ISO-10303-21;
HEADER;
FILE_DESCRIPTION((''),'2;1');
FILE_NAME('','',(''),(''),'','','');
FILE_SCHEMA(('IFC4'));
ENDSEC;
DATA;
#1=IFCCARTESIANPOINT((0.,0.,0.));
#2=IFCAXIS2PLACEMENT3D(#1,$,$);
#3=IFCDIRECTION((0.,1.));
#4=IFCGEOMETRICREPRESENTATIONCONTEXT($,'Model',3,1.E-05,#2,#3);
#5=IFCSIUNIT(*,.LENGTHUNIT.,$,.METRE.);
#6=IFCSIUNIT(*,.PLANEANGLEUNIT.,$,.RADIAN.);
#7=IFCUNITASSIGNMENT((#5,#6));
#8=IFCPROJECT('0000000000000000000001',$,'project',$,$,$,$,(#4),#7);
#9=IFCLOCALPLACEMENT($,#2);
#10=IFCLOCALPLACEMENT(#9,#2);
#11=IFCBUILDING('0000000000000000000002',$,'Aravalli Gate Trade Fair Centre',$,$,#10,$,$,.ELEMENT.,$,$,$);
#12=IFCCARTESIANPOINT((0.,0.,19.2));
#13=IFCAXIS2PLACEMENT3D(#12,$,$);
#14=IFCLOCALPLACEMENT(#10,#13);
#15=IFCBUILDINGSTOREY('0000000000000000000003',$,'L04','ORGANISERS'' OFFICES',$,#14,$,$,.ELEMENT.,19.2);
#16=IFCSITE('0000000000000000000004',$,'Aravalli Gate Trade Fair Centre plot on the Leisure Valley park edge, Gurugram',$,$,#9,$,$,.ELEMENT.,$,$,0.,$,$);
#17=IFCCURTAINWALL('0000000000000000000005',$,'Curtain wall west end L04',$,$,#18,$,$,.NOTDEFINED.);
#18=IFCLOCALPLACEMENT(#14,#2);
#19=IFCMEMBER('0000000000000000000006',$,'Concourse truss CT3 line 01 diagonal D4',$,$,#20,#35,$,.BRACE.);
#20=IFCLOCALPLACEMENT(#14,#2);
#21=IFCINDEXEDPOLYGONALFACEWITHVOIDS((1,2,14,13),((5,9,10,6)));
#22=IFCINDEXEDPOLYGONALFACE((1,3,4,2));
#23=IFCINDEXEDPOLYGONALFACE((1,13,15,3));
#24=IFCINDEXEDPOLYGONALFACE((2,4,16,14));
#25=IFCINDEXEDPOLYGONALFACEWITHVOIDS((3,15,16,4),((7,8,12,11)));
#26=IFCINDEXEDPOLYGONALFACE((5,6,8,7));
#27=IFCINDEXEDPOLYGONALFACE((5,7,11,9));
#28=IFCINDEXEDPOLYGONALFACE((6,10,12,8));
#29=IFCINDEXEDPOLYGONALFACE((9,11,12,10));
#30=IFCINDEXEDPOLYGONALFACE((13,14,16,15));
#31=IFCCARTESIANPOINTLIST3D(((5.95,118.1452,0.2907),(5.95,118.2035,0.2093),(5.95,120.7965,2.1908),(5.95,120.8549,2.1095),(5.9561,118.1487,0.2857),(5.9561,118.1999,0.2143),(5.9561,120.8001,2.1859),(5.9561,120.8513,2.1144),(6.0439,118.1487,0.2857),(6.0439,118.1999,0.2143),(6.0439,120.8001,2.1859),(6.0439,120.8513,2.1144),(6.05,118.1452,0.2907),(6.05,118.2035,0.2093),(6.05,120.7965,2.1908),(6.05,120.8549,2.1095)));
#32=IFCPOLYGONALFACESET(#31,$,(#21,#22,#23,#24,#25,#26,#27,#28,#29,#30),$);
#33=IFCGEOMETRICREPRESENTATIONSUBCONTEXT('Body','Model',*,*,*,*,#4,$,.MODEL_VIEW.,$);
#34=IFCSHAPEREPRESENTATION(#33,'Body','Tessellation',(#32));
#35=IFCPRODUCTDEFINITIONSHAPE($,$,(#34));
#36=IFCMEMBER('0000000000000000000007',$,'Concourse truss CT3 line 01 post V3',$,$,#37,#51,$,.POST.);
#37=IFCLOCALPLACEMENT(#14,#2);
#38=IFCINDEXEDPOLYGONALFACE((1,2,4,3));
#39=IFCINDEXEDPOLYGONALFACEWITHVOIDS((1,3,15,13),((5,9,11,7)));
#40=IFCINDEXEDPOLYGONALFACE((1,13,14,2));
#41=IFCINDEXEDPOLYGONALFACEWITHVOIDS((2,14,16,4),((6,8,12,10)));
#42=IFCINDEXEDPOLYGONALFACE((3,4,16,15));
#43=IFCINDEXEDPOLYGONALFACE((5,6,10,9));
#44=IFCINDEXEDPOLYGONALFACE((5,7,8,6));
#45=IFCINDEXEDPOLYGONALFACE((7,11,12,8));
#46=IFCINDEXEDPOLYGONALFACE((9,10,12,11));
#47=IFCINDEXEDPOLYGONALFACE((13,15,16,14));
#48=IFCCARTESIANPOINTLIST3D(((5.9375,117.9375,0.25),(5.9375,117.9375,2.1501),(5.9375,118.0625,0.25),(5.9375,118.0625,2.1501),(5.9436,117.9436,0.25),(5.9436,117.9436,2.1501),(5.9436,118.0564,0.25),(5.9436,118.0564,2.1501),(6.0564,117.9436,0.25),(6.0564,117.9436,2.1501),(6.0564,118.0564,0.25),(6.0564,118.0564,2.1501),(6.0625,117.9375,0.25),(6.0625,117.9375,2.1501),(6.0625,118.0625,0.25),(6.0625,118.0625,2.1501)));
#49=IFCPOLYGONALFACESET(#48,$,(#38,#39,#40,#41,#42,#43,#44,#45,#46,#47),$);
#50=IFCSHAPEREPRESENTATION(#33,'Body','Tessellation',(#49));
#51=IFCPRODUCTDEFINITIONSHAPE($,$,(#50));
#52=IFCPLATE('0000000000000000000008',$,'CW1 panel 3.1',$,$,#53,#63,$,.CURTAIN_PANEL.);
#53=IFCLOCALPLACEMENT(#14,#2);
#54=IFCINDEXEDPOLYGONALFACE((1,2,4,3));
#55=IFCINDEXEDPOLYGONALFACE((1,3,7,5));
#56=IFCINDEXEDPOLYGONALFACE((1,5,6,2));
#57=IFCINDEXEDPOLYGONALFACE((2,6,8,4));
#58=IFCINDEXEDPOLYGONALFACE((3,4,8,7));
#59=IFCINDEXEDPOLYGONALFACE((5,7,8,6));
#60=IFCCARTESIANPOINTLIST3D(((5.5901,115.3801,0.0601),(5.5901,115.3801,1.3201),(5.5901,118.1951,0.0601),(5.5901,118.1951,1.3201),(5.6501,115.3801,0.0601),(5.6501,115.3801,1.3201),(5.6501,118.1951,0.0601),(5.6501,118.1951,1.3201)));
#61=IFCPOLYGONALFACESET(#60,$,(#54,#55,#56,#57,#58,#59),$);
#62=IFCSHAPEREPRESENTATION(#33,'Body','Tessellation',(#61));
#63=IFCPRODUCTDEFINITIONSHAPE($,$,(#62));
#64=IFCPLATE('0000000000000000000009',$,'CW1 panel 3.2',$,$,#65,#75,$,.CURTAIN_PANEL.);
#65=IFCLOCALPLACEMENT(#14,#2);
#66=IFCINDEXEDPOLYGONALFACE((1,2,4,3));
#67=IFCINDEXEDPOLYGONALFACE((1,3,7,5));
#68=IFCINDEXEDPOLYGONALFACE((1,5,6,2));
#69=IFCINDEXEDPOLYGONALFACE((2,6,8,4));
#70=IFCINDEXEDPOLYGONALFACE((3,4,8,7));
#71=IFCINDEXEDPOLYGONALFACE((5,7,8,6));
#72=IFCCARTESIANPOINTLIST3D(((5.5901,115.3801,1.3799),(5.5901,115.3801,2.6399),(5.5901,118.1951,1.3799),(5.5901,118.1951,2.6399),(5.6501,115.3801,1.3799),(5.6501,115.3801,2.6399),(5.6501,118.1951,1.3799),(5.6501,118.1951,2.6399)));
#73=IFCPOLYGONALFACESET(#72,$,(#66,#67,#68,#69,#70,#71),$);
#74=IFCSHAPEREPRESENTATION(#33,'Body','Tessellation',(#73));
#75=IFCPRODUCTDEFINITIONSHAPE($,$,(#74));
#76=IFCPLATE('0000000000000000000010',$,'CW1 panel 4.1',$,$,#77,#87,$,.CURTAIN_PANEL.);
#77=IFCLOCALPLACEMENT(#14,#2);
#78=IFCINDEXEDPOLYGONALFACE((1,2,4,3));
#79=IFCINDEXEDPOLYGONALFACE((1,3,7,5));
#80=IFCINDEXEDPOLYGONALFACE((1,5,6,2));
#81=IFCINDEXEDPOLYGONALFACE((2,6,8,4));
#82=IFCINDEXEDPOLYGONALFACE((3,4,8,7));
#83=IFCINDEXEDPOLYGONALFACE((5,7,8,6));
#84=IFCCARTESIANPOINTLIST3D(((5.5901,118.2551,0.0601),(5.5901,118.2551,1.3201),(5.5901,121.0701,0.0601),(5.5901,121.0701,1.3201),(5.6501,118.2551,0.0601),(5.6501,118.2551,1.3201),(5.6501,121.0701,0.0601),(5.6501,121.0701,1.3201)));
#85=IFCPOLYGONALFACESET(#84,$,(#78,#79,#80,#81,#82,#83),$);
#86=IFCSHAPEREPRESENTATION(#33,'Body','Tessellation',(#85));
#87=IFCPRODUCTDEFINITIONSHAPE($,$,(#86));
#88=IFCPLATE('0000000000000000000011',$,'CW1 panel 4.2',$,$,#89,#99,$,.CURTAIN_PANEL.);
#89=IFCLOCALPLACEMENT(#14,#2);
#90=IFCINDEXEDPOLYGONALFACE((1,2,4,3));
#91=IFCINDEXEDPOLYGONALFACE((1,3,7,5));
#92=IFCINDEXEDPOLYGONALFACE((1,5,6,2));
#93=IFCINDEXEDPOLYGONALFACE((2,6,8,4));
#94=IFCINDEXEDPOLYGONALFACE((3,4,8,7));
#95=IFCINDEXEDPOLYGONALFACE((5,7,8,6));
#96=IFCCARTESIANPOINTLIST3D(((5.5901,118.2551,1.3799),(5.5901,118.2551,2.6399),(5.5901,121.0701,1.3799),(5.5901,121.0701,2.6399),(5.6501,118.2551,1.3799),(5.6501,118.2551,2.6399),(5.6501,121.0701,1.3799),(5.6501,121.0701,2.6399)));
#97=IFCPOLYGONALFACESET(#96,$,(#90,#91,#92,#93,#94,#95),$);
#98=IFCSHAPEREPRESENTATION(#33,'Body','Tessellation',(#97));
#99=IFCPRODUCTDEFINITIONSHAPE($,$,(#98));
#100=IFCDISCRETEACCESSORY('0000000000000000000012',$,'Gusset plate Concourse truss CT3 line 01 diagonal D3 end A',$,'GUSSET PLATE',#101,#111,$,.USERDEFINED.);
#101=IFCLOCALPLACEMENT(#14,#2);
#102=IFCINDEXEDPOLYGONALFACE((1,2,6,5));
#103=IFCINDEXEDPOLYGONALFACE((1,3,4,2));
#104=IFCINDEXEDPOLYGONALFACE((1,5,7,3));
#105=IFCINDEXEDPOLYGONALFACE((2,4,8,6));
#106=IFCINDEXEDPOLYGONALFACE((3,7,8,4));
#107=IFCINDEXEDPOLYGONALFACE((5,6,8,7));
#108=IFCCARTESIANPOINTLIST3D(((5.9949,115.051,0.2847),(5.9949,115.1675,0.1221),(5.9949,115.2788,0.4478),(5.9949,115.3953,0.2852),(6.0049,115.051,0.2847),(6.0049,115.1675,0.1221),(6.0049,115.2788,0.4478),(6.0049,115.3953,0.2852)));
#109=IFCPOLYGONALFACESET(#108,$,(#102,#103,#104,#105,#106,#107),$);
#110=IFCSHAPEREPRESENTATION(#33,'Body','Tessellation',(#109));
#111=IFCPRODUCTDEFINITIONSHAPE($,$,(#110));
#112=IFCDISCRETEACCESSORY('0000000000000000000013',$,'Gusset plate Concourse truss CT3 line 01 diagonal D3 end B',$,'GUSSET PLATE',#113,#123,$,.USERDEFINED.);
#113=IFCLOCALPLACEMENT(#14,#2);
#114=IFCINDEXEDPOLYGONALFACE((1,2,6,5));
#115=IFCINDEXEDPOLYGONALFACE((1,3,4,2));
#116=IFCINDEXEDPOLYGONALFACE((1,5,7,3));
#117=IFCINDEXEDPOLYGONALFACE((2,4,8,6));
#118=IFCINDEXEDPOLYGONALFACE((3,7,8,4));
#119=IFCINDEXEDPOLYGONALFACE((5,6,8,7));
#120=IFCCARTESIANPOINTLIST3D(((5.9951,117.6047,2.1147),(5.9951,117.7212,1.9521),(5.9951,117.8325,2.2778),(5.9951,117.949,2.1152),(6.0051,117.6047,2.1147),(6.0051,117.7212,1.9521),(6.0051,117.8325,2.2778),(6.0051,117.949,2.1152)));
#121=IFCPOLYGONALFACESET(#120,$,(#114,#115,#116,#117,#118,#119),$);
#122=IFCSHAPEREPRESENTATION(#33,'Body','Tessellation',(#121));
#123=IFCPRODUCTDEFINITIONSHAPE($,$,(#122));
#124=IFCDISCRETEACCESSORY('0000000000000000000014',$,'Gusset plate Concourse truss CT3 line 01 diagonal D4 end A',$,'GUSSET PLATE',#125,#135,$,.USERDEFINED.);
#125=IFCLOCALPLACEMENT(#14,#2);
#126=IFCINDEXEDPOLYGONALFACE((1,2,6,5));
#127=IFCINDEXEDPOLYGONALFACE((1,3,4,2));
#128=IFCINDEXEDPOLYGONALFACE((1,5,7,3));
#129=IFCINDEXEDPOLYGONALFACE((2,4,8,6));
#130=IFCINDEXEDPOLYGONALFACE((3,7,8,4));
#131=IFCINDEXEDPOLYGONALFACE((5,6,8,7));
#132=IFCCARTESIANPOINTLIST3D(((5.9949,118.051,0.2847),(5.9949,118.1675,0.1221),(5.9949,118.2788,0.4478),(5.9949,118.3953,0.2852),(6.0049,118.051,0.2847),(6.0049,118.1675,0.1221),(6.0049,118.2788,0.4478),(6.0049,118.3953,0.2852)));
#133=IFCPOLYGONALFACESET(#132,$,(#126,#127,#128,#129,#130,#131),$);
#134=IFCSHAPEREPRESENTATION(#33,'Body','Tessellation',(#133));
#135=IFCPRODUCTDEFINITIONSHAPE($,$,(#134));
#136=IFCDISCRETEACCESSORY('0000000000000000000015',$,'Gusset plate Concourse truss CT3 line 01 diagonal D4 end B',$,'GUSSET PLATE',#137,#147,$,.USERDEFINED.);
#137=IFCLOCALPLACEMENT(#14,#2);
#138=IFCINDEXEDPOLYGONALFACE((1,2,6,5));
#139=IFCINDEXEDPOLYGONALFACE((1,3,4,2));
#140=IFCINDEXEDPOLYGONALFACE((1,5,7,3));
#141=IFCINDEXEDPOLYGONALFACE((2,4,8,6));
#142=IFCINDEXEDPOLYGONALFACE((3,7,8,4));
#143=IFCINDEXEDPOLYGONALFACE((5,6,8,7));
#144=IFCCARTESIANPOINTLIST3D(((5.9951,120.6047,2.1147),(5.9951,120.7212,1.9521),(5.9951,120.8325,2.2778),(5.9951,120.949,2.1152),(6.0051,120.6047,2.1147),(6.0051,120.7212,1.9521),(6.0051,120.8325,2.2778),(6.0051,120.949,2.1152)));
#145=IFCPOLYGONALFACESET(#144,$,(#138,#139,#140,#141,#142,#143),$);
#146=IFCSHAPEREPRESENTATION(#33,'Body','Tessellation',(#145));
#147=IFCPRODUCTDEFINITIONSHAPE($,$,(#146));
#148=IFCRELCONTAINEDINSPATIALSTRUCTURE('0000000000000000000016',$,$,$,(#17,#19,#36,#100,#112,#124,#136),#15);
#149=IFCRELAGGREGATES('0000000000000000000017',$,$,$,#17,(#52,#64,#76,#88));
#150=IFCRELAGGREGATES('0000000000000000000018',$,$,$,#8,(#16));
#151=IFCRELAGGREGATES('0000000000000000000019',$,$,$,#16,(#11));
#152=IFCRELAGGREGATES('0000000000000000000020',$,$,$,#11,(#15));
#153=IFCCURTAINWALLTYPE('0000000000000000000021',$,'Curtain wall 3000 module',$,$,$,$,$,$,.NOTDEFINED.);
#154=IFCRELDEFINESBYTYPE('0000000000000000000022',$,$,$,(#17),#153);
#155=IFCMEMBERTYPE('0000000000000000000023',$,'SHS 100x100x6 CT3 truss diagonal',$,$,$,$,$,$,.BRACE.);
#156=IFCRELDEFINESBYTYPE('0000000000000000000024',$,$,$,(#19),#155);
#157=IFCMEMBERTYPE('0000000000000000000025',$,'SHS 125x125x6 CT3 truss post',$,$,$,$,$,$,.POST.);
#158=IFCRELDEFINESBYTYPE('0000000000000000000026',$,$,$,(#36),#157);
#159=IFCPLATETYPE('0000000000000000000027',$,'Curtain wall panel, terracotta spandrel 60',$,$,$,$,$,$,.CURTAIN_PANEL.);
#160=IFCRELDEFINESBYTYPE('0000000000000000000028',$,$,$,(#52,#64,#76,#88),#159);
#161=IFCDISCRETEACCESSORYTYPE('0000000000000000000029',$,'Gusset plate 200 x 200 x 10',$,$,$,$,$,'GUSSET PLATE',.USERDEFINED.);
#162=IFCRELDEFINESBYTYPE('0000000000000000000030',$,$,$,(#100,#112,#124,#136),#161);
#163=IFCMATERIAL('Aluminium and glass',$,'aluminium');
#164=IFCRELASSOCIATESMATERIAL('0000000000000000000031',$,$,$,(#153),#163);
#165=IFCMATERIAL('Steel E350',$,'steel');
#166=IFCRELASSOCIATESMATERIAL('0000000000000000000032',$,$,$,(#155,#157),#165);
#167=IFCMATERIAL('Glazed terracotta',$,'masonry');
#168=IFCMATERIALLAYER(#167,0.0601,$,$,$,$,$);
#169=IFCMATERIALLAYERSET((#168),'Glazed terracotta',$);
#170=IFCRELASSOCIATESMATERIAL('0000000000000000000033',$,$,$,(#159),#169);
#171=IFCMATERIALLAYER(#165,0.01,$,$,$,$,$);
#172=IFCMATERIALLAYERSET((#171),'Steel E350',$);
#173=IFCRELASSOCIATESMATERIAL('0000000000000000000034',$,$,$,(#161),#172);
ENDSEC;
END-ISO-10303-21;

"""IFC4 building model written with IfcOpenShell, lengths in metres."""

from ifc_helpers import new_model, si_unit, direction, frame, origin, origin_2d, place, context, subcontext, project, spatial, polyline, rectangle, hollow_rectangle, outline, extrude, material, layer, layer_set, material_profile, profile_set, type_object, element, aggregate, save


model = new_model("IFC4")

# Units and contexts
model_context = context("Model", 3, precision=1e-05, world=origin(), true_north=direction((0.0, 1.0)))
body_context = subcontext(model_context, "Body", "Model", "MODEL_VIEW")
ifc_project = project(units=[si_unit("LENGTHUNIT", "METRE"), si_unit("PLANEANGLEUNIT", "RADIAN")], contexts=[model_context])

# Site, building, storey
site_placement = place(None, origin())
site = spatial("IfcSite", under=ifc_project, at=site_placement, Name="Aravalli Gate Trade Fair Centre plot on the Leisure Valley park edge, Gurugram", CompositionType="ELEMENT", RefElevation=0.0)
building_placement = place(site_placement, origin())
building = spatial("IfcBuilding", under=site, at=building_placement, Name="Aravalli Gate Trade Fair Centre", CompositionType="ELEMENT")
storey_placement = place(building_placement, frame((0.0, 0.0, 19.2)))
storey = spatial("IfcBuildingStorey", under=building, at=storey_placement, Name="L04", Description="ORGANISERS' OFFICES", CompositionType="ELEMENT", Elevation=19.2)

# Curtain wall
ifc_material_1 = material(Name="Aluminium and glass", Category="aluminium")
curtain_wall_type = type_object("IfcCurtainWallType", Name="Curtain wall 3000 module", PredefinedType="NOTDEFINED", material=ifc_material_1)
curtain_wall_placement = place(storey_placement, origin())
curtain_wall = element("IfcCurtainWall", 1, at=curtain_wall_placement, inside=storey, type_object=curtain_wall_type, Name="Curtain wall west end L04", PredefinedType="NOTDEFINED")

# Members
ifc_material_2 = material(Name="Steel E350", Category="steel")
ifc_material_profile_1 = material_profile(ifc_material_2, hollow_rectangle(XDim=0.1001, YDim=0.1001, WallThickness=0.0061, at=origin_2d()), Name="SHS 100x100x6")
ifc_profile_set_1 = profile_set([ifc_material_profile_1], Name="Steel E350")
member_type_1 = type_object("IfcMemberType", Name="SHS 100x100x6 CT3 truss diagonal", PredefinedType="BRACE", material=ifc_profile_set_1)
for number, where, z_axis, x_axis, name in (
    (2, (6.0, 118.1743, 0.25), (0.0, 0.812817, 0.582519), (-1.0, 0.0, 0.0), "Concourse truss CT3 line 01 diagonal D4"),
):
    element("IfcMember", number, at=place(storey_placement, frame(where, z_axis=z_axis, x_axis=x_axis)), inside=storey, type_object=member_type_1, Name=name, PredefinedType="BRACE", context=body_context, shape_type="SweptSolid", body=[
        extrude(hollow_rectangle(XDim=0.1001, YDim=0.1001, WallThickness=0.0061, at=origin_2d()), origin(), (0.0, 0.0, 1.0), 3.262),
    ])
ifc_material_profile_2 = material_profile(ifc_material_2, hollow_rectangle(XDim=0.125, YDim=0.125, WallThickness=0.0061, at=origin_2d()), Name="SHS 125x125x6")
ifc_profile_set_2 = profile_set([ifc_material_profile_2], Name="Steel E350")
member_type_2 = type_object("IfcMemberType", Name="SHS 125x125x6 CT3 truss post", PredefinedType="POST", material=ifc_profile_set_2)
member_1_placement = place(storey_placement, frame((6.0, 118.0, 0.25), z_axis=(0.0, 0.0, 1.0), x_axis=(1.0, 0.0, 0.0)))
element("IfcMember", 3, at=member_1_placement, inside=storey, type_object=member_type_2, Name="Concourse truss CT3 line 01 post V3", PredefinedType="POST", context=body_context, shape_type="SweptSolid", body=[
    extrude(hollow_rectangle(XDim=0.125, YDim=0.125, WallThickness=0.0061, at=origin_2d()), origin(), (0.0, 0.0, 1.0), 1.9001),
])

# Plates
ifc_material_3 = material(Name="Glazed terracotta", Category="masonry")
ifc_layer_1 = layer(ifc_material_3, 0.0601)
ifc_layer_set_1 = layer_set([ifc_layer_1], Name="Glazed terracotta")
plate_type = type_object("IfcPlateType", Name="Curtain wall panel, terracotta spandrel 60", PredefinedType="CURTAIN_PANEL", material=ifc_layer_set_1)
plate_1_placement = place(storey_placement, frame((5.6201, 116.7876, 0.0601), z_axis=(0.0, 0.0, 1.0), x_axis=(0.0, 1.0, 0.0)))
plate_1 = element("IfcPlate", 4, at=plate_1_placement, type_object=plate_type, Name="CW1 panel 3.1", PredefinedType="CURTAIN_PANEL", context=body_context, shape_type="SweptSolid", body=[
    extrude(rectangle(XDim=2.8149, YDim=0.0601, at=origin_2d()), origin(), (0.0, 0.0, 1.0), 1.26),
])
plate_2_placement = place(storey_placement, frame((5.6201, 116.7876, 1.3799), z_axis=(0.0, 0.0, 1.0), x_axis=(0.0, 1.0, 0.0)))
plate_2 = element("IfcPlate", 5, at=plate_2_placement, type_object=plate_type, Name="CW1 panel 3.2", PredefinedType="CURTAIN_PANEL", context=body_context, shape_type="SweptSolid", body=[
    extrude(rectangle(XDim=2.8149, YDim=0.0601, at=origin_2d()), origin(), (0.0, 0.0, 1.0), 1.26),
])
plate_3_placement = place(storey_placement, frame((5.6201, 119.6626, 0.0601), z_axis=(0.0, 0.0, 1.0), x_axis=(0.0, 1.0, 0.0)))
plate_3 = element("IfcPlate", 6, at=plate_3_placement, type_object=plate_type, Name="CW1 panel 4.1", PredefinedType="CURTAIN_PANEL", context=body_context, shape_type="SweptSolid", body=[
    extrude(rectangle(XDim=2.8149, YDim=0.0601, at=origin_2d()), origin(), (0.0, 0.0, 1.0), 1.26),
])
plate_4_placement = place(storey_placement, frame((5.6201, 119.6626, 1.3799), z_axis=(0.0, 0.0, 1.0), x_axis=(0.0, 1.0, 0.0)))
plate_4 = element("IfcPlate", 7, at=plate_4_placement, type_object=plate_type, Name="CW1 panel 4.2", PredefinedType="CURTAIN_PANEL", context=body_context, shape_type="SweptSolid", body=[
    extrude(rectangle(XDim=2.8149, YDim=0.0601, at=origin_2d()), origin(), (0.0, 0.0, 1.0), 1.26),
])
aggregate(curtain_wall, [plate_1, plate_2, plate_3, plate_4])

# Discrete accessories
ifc_layer_2 = layer(ifc_material_2, 0.01)
ifc_layer_set_2 = layer_set([ifc_layer_2], Name="Steel E350")
discrete_accessory_type = type_object("IfcDiscreteAccessoryType", Name="Gusset plate 200 x 200 x 10", ElementType="GUSSET PLATE", PredefinedType="USERDEFINED", material=ifc_layer_set_2)
discrete_accessory_1_placement = place(storey_placement, frame((6.0049, 115.2788, 0.4478), z_axis=(1.0, 0.0, 0.0), x_axis=(0.0, -0.813085, -0.582145)))
element("IfcDiscreteAccessory", 8, at=discrete_accessory_1_placement, inside=storey, type_object=discrete_accessory_type, Name="Gusset plate Concourse truss CT3 line 01 diagonal D3 end A", ObjectType="GUSSET PLATE", PredefinedType="USERDEFINED", context=body_context, shape_type="SweptSolid", body=[
    extrude(outline(polyline([(0.0, 0.0), (0.2801, 0.0), (0.2801, 0.2), (0.0, 0.2), (0.0, 0.0)])), origin(), (0.0, 0.0, -1.0), 0.01),
])
discrete_accessory_2_placement = place(storey_placement, frame((5.9951, 117.6047, 2.1147), z_axis=(-1.0, 0.0, 0.0), x_axis=(0.0, 0.813085, 0.582145)))
element("IfcDiscreteAccessory", 9, at=discrete_accessory_2_placement, inside=storey, type_object=discrete_accessory_type, Name="Gusset plate Concourse truss CT3 line 01 diagonal D3 end B", ObjectType="GUSSET PLATE", PredefinedType="USERDEFINED", context=body_context, shape_type="SweptSolid", body=[
    extrude(outline(polyline([(0.0, 0.0), (0.2801, 0.0), (0.2802, 0.2), (0.0, 0.2), (0.0, 0.0)])), origin(), (0.0, 0.0, -1.0), 0.01),
])
discrete_accessory_3_placement = place(storey_placement, frame((6.0049, 118.2788, 0.4478), z_axis=(1.0, 0.0, 0.0), x_axis=(0.0, -0.813085, -0.582145)))
element("IfcDiscreteAccessory", 10, at=discrete_accessory_3_placement, inside=storey, type_object=discrete_accessory_type, Name="Gusset plate Concourse truss CT3 line 01 diagonal D4 end A", ObjectType="GUSSET PLATE", PredefinedType="USERDEFINED", context=body_context, shape_type="SweptSolid", body=[
    extrude(outline(polyline([(0.0, 0.0), (0.2801, 0.0), (0.2801, 0.2), (0.0, 0.2), (0.0, 0.0)])), origin(), (0.0, 0.0, -1.0), 0.01),
])
discrete_accessory_4_placement = place(storey_placement, frame((5.9951, 120.6047, 2.1147), z_axis=(-1.0, 0.0, 0.0), x_axis=(0.0, 0.813085, 0.582145)))
element("IfcDiscreteAccessory", 11, at=discrete_accessory_4_placement, inside=storey, type_object=discrete_accessory_type, Name="Gusset plate Concourse truss CT3 line 01 diagonal D4 end B", ObjectType="GUSSET PLATE", PredefinedType="USERDEFINED", context=body_context, shape_type="SweptSolid", body=[
    extrude(outline(polyline([(0.0, 0.0), (0.2801, 0.0), (0.2802, 0.2), (0.0, 0.2), (0.0, 0.0)])), origin(), (0.0, 0.0, -1.0), 0.01),
])

save(model, "model.ifc")
